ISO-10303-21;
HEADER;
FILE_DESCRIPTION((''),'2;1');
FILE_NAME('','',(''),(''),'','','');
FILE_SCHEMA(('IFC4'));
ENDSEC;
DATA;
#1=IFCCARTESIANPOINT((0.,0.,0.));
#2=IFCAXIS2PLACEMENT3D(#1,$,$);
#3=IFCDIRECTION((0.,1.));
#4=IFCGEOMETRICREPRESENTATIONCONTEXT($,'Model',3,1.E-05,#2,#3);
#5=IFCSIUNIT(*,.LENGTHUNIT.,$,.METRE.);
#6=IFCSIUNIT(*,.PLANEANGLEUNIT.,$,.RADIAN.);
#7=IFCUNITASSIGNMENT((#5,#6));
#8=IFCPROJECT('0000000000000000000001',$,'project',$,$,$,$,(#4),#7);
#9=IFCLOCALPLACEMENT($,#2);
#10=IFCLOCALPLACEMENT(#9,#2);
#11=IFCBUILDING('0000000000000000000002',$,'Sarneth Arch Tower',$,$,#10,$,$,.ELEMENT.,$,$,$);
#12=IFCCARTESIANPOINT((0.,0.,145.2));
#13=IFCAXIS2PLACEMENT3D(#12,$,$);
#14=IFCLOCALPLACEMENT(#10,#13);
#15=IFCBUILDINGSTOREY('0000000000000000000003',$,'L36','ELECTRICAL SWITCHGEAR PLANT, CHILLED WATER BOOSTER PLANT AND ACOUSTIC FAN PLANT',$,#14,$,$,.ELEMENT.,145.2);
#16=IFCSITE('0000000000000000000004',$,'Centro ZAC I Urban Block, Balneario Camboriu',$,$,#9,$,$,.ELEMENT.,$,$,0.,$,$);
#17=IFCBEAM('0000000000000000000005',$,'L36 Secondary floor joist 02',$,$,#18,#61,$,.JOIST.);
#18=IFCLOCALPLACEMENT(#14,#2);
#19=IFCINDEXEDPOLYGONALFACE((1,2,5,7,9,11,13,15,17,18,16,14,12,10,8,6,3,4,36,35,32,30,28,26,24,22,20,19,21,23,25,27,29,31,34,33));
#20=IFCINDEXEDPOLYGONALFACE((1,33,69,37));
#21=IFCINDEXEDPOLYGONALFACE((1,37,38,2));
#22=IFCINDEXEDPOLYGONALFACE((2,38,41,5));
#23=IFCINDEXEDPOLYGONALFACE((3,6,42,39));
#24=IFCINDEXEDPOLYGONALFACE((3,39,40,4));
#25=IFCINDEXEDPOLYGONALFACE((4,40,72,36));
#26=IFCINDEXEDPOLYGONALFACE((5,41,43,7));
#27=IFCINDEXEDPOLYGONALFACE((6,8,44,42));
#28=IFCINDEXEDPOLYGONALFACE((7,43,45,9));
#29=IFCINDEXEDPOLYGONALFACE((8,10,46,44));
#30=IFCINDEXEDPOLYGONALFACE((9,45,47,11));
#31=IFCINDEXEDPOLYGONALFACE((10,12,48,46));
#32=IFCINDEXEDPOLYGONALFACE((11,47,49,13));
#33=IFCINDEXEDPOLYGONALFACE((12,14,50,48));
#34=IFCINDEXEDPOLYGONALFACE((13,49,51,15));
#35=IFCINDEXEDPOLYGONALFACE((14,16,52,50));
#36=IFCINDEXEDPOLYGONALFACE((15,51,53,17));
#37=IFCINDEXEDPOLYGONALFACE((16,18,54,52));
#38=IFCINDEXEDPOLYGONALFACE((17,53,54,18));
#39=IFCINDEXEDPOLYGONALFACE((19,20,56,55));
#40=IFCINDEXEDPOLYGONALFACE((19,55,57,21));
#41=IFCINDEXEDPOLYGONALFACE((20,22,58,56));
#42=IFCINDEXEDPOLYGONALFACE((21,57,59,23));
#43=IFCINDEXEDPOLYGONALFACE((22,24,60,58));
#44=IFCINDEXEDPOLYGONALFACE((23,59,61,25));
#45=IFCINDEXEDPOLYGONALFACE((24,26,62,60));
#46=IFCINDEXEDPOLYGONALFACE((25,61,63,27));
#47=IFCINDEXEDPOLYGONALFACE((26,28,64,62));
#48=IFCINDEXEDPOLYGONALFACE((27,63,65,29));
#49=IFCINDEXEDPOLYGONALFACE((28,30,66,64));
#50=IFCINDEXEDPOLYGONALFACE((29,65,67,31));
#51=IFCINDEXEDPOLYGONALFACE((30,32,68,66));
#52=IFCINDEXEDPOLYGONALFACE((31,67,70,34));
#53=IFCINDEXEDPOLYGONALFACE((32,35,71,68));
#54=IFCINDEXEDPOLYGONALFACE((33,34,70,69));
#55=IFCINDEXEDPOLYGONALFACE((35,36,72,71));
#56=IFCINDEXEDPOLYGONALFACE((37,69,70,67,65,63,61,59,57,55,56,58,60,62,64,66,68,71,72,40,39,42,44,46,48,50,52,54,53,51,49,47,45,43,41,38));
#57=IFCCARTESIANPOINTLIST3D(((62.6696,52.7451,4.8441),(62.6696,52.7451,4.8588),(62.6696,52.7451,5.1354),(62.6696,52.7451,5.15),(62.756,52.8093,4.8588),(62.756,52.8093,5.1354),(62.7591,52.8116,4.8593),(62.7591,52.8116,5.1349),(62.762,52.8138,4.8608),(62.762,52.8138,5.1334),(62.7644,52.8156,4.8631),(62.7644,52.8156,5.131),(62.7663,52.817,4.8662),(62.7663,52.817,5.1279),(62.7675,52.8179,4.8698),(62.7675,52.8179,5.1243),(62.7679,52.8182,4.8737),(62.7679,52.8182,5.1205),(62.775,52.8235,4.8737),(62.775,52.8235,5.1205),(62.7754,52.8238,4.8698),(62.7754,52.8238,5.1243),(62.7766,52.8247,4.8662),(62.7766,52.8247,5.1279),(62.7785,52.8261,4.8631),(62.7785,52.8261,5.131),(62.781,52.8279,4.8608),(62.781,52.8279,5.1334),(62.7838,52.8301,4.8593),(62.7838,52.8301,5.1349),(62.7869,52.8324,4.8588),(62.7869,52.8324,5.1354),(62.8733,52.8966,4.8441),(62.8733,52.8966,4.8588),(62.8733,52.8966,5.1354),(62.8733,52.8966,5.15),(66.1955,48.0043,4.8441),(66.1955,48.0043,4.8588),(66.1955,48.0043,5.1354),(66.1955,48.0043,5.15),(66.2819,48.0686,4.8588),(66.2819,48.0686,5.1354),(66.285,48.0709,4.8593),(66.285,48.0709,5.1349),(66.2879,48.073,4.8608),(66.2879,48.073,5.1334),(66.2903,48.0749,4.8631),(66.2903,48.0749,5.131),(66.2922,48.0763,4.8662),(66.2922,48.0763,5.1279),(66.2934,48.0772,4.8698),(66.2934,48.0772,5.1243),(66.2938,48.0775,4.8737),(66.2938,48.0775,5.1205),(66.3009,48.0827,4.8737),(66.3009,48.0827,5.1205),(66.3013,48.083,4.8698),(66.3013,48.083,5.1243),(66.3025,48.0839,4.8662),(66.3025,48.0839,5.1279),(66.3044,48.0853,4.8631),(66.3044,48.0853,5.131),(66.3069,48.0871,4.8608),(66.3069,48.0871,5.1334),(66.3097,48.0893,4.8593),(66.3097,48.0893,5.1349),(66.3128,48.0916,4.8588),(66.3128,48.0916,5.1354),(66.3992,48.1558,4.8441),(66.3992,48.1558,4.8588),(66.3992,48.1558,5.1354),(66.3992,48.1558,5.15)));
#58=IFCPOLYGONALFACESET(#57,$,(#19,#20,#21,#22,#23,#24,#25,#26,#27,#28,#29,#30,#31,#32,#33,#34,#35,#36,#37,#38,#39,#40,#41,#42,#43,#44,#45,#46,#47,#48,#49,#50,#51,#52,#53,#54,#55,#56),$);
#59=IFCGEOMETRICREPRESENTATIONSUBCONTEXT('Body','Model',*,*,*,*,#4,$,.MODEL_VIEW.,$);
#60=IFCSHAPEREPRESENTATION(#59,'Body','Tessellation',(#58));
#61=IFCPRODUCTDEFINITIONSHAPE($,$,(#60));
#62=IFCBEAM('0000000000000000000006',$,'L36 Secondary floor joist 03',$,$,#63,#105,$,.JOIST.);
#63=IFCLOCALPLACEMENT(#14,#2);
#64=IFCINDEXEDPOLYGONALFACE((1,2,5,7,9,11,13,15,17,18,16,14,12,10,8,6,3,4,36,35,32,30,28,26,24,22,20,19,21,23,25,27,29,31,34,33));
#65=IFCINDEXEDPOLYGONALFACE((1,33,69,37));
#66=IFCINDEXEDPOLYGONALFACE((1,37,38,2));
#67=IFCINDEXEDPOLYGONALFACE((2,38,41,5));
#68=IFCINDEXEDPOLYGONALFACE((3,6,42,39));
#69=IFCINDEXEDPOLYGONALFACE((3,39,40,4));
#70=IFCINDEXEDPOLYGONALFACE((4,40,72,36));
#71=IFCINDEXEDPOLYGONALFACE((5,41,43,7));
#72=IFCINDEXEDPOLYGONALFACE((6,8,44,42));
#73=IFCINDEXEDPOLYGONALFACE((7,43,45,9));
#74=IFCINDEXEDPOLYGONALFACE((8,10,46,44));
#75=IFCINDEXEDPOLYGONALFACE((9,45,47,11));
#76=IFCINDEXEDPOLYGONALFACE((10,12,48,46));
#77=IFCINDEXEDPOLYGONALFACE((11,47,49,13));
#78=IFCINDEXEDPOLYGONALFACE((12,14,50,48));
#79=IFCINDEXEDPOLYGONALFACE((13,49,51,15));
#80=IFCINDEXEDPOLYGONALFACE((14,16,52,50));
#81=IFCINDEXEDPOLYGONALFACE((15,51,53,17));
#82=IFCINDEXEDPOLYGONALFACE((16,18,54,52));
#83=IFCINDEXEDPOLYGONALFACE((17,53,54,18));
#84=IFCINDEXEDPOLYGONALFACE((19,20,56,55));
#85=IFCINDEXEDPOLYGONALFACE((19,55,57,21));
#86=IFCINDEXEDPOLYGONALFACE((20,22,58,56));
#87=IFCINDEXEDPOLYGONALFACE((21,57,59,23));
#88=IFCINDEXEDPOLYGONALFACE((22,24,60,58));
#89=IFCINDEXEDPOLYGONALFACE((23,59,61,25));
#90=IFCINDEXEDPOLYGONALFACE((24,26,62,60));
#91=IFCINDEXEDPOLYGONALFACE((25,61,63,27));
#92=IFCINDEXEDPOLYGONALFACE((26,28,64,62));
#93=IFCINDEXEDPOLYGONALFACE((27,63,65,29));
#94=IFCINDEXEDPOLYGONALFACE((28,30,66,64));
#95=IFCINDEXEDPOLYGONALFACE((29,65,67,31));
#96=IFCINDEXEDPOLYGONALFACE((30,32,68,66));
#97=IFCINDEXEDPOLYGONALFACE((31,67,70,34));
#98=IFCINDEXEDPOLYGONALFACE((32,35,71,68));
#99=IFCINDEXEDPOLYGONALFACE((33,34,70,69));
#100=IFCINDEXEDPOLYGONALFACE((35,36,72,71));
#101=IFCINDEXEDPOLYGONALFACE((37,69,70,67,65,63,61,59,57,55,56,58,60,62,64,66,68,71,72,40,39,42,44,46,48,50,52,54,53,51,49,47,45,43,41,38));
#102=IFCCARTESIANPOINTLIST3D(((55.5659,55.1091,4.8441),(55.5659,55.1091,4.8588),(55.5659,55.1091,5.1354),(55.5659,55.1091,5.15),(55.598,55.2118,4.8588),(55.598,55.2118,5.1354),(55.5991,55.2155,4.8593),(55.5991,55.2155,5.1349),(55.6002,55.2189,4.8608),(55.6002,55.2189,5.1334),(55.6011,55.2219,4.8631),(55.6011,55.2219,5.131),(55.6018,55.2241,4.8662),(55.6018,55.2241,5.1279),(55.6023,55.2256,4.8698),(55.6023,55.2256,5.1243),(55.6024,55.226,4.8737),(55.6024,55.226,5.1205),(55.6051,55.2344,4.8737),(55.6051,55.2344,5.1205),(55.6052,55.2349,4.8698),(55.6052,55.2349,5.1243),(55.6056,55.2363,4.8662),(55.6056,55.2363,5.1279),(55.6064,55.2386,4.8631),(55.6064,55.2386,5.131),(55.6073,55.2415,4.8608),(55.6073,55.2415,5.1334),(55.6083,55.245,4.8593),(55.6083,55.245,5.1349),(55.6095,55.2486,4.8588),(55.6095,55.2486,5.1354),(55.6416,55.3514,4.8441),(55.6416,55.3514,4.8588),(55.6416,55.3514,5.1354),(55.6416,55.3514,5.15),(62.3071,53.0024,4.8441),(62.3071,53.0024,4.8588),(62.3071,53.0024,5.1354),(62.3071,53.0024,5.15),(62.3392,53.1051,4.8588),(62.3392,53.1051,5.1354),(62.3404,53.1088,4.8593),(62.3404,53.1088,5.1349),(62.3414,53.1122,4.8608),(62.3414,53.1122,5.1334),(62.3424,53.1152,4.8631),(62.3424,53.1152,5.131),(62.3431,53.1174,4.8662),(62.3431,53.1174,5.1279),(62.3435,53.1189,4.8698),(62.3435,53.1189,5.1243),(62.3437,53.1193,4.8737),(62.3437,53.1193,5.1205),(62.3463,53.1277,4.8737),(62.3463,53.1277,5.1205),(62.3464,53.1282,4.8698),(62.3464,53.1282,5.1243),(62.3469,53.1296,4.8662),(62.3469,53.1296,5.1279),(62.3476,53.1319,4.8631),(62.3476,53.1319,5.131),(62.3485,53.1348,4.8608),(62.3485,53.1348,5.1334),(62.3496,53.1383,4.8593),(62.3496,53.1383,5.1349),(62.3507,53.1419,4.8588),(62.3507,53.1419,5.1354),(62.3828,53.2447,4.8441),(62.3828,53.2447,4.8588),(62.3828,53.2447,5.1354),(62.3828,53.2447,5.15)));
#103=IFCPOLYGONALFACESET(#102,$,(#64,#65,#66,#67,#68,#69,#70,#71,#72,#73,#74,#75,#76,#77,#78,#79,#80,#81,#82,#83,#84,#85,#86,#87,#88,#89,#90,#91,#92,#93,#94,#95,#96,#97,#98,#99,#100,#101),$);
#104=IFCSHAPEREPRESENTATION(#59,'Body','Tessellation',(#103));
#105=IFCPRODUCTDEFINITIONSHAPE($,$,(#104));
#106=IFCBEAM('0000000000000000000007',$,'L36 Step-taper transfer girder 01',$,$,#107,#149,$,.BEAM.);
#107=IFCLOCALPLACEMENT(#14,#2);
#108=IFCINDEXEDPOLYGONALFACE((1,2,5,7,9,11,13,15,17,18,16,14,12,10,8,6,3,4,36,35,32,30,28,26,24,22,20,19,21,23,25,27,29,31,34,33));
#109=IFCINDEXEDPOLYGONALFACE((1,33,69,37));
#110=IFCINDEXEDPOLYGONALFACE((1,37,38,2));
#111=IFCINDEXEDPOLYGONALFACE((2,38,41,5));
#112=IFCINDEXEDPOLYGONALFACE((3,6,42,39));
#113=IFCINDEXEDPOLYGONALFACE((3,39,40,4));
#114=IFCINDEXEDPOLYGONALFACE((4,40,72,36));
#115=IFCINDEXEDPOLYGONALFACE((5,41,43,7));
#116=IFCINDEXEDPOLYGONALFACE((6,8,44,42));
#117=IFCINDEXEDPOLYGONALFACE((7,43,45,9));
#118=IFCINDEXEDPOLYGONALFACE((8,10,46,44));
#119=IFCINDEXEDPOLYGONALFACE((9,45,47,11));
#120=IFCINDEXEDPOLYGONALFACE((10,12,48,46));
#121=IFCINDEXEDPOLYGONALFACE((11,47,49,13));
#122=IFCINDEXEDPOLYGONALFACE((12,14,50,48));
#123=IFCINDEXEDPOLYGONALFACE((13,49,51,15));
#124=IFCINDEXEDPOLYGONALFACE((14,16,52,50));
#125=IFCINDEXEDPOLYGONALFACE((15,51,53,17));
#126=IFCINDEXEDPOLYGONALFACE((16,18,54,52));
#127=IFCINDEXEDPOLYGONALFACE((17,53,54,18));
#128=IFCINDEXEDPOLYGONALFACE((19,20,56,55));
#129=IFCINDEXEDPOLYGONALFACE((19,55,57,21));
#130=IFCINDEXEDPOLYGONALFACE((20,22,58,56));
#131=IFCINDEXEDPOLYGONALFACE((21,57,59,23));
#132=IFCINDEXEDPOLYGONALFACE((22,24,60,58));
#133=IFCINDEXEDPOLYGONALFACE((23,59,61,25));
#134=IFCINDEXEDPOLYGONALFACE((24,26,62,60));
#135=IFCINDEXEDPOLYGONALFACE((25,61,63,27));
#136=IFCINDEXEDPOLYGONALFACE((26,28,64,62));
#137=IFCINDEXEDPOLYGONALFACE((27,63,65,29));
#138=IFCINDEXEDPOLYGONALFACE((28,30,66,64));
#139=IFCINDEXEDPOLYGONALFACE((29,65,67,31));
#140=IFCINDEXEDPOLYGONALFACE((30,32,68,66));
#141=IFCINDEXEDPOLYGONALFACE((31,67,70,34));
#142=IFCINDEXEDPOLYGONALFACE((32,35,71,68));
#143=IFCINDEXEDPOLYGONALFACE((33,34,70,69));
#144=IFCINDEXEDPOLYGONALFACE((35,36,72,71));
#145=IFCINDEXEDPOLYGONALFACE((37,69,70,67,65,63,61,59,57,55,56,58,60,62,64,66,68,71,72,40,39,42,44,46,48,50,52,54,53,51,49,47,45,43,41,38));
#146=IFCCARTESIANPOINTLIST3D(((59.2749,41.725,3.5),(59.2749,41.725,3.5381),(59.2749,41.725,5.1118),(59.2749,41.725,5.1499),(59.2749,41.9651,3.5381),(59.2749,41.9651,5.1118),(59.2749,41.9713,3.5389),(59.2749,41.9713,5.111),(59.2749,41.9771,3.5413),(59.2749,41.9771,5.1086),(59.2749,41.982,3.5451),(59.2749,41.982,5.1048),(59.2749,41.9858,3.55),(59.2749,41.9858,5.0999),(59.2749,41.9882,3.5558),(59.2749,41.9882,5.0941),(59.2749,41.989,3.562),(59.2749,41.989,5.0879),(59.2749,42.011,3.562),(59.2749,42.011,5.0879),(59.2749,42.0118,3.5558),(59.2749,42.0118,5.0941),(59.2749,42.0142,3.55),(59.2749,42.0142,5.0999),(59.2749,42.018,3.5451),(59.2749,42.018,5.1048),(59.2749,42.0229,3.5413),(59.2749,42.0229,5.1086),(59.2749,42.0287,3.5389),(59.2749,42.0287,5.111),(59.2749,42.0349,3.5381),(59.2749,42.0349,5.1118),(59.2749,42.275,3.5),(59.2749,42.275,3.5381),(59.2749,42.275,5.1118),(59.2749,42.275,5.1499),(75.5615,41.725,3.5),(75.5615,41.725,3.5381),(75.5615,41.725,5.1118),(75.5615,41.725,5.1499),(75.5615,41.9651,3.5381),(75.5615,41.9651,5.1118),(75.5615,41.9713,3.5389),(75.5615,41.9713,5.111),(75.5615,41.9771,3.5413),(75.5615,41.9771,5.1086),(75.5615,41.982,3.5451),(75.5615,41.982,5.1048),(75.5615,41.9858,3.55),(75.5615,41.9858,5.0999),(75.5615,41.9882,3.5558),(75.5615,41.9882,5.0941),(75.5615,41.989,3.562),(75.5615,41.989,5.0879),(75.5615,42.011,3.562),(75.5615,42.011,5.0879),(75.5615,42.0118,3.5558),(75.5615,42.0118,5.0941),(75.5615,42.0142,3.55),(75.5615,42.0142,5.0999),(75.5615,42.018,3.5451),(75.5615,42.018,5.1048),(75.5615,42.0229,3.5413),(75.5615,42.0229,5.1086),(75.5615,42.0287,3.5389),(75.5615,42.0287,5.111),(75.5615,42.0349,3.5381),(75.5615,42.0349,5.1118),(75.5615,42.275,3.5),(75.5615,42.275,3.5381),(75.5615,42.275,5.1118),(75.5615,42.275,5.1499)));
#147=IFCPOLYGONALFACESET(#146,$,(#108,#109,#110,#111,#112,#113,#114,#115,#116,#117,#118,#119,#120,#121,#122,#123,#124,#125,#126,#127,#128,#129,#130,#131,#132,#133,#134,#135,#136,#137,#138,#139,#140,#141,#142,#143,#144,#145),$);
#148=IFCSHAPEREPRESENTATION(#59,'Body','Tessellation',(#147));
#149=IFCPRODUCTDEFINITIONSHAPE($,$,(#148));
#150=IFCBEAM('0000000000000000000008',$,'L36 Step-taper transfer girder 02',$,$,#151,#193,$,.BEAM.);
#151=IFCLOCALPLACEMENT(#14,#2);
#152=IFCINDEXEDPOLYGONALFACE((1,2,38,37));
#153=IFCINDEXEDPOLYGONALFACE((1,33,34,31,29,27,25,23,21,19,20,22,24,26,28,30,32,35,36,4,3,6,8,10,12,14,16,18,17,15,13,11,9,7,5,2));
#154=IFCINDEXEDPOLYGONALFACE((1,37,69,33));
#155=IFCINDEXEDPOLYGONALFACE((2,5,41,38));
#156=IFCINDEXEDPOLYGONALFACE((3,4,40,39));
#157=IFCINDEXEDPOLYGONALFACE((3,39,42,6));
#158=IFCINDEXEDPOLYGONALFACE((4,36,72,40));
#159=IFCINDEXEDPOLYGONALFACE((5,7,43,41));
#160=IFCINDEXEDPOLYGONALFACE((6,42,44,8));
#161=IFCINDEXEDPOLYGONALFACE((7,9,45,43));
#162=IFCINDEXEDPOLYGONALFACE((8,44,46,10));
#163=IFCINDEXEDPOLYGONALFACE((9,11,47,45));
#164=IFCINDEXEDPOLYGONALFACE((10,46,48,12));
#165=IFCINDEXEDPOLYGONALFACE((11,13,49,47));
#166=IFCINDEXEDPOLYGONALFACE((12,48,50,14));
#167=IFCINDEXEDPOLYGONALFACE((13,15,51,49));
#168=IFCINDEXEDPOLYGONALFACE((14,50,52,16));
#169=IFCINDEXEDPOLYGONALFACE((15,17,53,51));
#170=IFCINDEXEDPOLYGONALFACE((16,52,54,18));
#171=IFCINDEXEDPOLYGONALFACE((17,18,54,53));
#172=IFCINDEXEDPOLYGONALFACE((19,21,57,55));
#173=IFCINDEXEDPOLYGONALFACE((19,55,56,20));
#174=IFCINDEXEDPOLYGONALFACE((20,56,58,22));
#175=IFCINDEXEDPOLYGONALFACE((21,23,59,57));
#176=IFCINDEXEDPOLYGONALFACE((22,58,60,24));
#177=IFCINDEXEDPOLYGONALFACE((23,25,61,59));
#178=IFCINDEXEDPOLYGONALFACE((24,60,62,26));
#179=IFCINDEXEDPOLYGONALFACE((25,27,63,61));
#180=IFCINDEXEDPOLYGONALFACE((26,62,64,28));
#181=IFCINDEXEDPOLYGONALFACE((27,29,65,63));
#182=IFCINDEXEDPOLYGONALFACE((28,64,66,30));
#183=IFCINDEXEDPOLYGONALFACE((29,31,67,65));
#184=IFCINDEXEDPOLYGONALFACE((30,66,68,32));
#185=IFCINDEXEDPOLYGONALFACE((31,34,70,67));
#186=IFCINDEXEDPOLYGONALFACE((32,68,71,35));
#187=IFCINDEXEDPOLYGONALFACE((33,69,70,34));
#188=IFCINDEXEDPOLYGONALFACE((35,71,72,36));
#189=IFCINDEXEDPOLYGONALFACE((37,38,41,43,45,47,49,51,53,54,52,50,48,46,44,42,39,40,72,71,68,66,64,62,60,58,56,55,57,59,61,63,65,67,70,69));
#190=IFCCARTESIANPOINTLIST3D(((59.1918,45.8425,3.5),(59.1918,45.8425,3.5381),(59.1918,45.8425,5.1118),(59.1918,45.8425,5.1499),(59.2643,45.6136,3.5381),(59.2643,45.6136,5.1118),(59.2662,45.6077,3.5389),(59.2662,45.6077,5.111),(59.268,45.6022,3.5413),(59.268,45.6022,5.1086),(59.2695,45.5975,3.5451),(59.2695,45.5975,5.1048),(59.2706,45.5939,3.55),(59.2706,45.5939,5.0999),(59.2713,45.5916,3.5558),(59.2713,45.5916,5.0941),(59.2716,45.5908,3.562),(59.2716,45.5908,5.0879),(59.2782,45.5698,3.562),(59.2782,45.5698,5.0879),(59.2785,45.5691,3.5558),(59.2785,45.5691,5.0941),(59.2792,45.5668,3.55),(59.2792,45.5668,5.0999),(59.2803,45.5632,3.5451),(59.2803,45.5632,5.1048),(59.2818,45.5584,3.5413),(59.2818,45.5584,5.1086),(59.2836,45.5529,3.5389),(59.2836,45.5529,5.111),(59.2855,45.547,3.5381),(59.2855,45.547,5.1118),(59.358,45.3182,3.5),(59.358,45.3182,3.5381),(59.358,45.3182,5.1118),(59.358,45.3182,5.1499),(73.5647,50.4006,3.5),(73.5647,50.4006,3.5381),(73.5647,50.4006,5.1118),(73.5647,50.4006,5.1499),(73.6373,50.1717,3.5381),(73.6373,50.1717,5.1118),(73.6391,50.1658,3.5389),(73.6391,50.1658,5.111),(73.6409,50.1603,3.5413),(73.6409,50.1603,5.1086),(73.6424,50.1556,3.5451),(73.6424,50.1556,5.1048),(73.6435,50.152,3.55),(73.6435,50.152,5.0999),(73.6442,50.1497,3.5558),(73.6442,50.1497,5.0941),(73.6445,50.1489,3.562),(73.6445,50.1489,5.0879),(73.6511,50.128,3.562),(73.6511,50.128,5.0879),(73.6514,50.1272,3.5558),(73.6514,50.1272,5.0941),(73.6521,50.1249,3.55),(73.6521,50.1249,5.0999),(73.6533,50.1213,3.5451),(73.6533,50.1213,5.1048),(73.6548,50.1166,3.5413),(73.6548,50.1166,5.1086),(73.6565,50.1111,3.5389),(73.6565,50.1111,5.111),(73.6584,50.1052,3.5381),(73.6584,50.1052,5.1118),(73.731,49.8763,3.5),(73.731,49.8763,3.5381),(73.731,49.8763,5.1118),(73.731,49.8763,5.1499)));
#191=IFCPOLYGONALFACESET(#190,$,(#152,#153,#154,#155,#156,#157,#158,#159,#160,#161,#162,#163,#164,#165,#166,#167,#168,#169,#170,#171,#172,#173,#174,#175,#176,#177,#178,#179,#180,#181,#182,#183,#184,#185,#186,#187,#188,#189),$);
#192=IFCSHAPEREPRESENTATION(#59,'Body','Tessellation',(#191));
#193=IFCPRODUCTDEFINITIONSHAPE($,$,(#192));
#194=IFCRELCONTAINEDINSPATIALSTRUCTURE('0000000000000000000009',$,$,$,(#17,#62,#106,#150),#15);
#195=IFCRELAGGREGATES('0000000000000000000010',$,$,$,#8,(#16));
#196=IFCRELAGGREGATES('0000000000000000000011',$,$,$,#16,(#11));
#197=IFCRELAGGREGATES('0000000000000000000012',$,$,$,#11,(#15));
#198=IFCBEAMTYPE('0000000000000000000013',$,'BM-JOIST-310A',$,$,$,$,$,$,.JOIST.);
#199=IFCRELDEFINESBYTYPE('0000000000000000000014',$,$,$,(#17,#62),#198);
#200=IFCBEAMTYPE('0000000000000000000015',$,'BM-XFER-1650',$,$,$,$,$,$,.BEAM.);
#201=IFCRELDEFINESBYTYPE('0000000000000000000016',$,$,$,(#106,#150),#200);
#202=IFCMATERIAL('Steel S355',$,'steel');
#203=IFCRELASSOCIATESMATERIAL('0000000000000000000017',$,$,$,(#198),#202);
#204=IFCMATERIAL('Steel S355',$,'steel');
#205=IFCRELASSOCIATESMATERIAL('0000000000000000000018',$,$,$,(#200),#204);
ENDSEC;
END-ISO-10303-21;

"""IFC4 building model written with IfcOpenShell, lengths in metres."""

from ifc_helpers import new_model, si_unit, direction, frame, origin, origin_2d, place, context, subcontext, project, spatial, i_section, extrude, material, material_profile, profile_set, type_object, element, save


model = new_model("IFC4")

# Units and contexts
model_context = context("Model", 3, precision=1e-05, world=origin(), true_north=direction((0.0, 1.0)))
body_context = subcontext(model_context, "Body", "Model", "MODEL_VIEW")
ifc_project = project(units=[si_unit("LENGTHUNIT", "METRE"), si_unit("PLANEANGLEUNIT", "RADIAN")], contexts=[model_context])

# Site, building, storey
site_placement = place(None, origin())
site = spatial("IfcSite", under=ifc_project, at=site_placement, Name="Centro ZAC I Urban Block, Balneario Camboriu", CompositionType="ELEMENT", RefElevation=0.0)
building_placement = place(site_placement, origin())
building = spatial("IfcBuilding", under=site, at=building_placement, Name="Sarneth Arch Tower", CompositionType="ELEMENT")
storey_placement = place(building_placement, frame((0.0, 0.0, 145.2)))
storey = spatial("IfcBuildingStorey", under=building, at=storey_placement, Name="L36", Description="ELECTRICAL SWITCHGEAR PLANT, CHILLED WATER BOOSTER PLANT AND ACOUSTIC FAN PLANT", CompositionType="ELEMENT", Elevation=145.2)

# Beams
ifc_material_1 = material(Name="Steel S355", Category="steel")
ifc_material_profile_1 = material_profile(ifc_material_1, i_section(OverallWidth=0.2539, OverallDepth=0.3059, WebThickness=0.0088, FlangeThickness=0.0146, FilletRadius=0.0149, at=origin_2d()), Name="W310x79")
ifc_profile_set_1 = profile_set([ifc_material_profile_1], Name="Steel S355")
beam_type_1 = type_object("IfcBeamType", Name="BM-JOIST-310A", PredefinedType="JOIST", material=ifc_profile_set_1)
beam_1_placement = place(storey_placement, frame((66.2974, 48.0801, 4.9971), z_axis=(-0.596782, 0.802403, 0.0), x_axis=(-0.802403, -0.596782, 0.0)))
element("IfcBeam", 1, at=beam_1_placement, inside=storey, type_object=beam_type_1, Name="L36 Secondary floor joist 02", PredefinedType="JOIST", context=body_context, shape_type="SweptSolid", body=[
    extrude(i_section(OverallWidth=0.2539, OverallDepth=0.3059, WebThickness=0.0088, FlangeThickness=0.0146, FilletRadius=0.0149, at=origin_2d()), origin(), (0.0, 0.0, 1.0), 5.9082),
])
beam_2_placement = place(storey_placement, frame((62.345, 53.1235, 4.9971), z_axis=(-0.954478, 0.298283, 0.0), x_axis=(-0.298283, -0.954478, 0.0)))
element("IfcBeam", 2, at=beam_2_placement, inside=storey, type_object=beam_type_1, Name="L36 Secondary floor joist 03", PredefinedType="JOIST", context=body_context, shape_type="SweptSolid", body=[
    extrude(i_section(OverallWidth=0.2539, OverallDepth=0.3059, WebThickness=0.0088, FlangeThickness=0.0146, FilletRadius=0.0149, at=origin_2d()), origin(), (0.0, 0.0, 1.0), 7.0627),
])
ifc_material_2 = material(Name="Steel S355", Category="steel")
ifc_material_profile_2 = material_profile(ifc_material_2, i_section(OverallWidth=0.55, OverallDepth=1.6499, WebThickness=0.022, FlangeThickness=0.0381, FilletRadius=0.0239, at=origin_2d()), Name="CVS1650x680")
ifc_profile_set_2 = profile_set([ifc_material_profile_2], Name="Steel S355")
beam_type_2 = type_object("IfcBeamType", Name="BM-XFER-1650", PredefinedType="BEAM", material=ifc_profile_set_2)
beam_3_placement = place(storey_placement, frame((59.2749, 42.0, 4.325), z_axis=(1.0, 0.0, 0.0), x_axis=(0.0, 1.0, 0.0)))
element("IfcBeam", 3, at=beam_3_placement, inside=storey, type_object=beam_type_2, Name="L36 Step-taper transfer girder 01", PredefinedType="BEAM", context=body_context, shape_type="SweptSolid", body=[
    extrude(i_section(OverallWidth=0.55, OverallDepth=1.6499, WebThickness=0.022, FlangeThickness=0.0381, FilletRadius=0.0239, at=origin_2d()), origin(), (0.0, 0.0, 1.0), 16.2866),
])
beam_4_placement = place(storey_placement, frame((59.2749, 45.5803, 4.325), z_axis=(0.953214, 0.302297, 0.0), x_axis=(-0.302297, 0.953214, 0.0)))
element("IfcBeam", 4, at=beam_4_placement, inside=storey, type_object=beam_type_2, Name="L36 Step-taper transfer girder 02", PredefinedType="BEAM", context=body_context, shape_type="SweptSolid", body=[
    extrude(i_section(OverallWidth=0.55, OverallDepth=1.6499, WebThickness=0.022, FlangeThickness=0.0381, FilletRadius=0.0239, at=origin_2d()), origin(), (0.0, 0.0, 1.0), 15.0784),
])

save(model, "model.ifc")
